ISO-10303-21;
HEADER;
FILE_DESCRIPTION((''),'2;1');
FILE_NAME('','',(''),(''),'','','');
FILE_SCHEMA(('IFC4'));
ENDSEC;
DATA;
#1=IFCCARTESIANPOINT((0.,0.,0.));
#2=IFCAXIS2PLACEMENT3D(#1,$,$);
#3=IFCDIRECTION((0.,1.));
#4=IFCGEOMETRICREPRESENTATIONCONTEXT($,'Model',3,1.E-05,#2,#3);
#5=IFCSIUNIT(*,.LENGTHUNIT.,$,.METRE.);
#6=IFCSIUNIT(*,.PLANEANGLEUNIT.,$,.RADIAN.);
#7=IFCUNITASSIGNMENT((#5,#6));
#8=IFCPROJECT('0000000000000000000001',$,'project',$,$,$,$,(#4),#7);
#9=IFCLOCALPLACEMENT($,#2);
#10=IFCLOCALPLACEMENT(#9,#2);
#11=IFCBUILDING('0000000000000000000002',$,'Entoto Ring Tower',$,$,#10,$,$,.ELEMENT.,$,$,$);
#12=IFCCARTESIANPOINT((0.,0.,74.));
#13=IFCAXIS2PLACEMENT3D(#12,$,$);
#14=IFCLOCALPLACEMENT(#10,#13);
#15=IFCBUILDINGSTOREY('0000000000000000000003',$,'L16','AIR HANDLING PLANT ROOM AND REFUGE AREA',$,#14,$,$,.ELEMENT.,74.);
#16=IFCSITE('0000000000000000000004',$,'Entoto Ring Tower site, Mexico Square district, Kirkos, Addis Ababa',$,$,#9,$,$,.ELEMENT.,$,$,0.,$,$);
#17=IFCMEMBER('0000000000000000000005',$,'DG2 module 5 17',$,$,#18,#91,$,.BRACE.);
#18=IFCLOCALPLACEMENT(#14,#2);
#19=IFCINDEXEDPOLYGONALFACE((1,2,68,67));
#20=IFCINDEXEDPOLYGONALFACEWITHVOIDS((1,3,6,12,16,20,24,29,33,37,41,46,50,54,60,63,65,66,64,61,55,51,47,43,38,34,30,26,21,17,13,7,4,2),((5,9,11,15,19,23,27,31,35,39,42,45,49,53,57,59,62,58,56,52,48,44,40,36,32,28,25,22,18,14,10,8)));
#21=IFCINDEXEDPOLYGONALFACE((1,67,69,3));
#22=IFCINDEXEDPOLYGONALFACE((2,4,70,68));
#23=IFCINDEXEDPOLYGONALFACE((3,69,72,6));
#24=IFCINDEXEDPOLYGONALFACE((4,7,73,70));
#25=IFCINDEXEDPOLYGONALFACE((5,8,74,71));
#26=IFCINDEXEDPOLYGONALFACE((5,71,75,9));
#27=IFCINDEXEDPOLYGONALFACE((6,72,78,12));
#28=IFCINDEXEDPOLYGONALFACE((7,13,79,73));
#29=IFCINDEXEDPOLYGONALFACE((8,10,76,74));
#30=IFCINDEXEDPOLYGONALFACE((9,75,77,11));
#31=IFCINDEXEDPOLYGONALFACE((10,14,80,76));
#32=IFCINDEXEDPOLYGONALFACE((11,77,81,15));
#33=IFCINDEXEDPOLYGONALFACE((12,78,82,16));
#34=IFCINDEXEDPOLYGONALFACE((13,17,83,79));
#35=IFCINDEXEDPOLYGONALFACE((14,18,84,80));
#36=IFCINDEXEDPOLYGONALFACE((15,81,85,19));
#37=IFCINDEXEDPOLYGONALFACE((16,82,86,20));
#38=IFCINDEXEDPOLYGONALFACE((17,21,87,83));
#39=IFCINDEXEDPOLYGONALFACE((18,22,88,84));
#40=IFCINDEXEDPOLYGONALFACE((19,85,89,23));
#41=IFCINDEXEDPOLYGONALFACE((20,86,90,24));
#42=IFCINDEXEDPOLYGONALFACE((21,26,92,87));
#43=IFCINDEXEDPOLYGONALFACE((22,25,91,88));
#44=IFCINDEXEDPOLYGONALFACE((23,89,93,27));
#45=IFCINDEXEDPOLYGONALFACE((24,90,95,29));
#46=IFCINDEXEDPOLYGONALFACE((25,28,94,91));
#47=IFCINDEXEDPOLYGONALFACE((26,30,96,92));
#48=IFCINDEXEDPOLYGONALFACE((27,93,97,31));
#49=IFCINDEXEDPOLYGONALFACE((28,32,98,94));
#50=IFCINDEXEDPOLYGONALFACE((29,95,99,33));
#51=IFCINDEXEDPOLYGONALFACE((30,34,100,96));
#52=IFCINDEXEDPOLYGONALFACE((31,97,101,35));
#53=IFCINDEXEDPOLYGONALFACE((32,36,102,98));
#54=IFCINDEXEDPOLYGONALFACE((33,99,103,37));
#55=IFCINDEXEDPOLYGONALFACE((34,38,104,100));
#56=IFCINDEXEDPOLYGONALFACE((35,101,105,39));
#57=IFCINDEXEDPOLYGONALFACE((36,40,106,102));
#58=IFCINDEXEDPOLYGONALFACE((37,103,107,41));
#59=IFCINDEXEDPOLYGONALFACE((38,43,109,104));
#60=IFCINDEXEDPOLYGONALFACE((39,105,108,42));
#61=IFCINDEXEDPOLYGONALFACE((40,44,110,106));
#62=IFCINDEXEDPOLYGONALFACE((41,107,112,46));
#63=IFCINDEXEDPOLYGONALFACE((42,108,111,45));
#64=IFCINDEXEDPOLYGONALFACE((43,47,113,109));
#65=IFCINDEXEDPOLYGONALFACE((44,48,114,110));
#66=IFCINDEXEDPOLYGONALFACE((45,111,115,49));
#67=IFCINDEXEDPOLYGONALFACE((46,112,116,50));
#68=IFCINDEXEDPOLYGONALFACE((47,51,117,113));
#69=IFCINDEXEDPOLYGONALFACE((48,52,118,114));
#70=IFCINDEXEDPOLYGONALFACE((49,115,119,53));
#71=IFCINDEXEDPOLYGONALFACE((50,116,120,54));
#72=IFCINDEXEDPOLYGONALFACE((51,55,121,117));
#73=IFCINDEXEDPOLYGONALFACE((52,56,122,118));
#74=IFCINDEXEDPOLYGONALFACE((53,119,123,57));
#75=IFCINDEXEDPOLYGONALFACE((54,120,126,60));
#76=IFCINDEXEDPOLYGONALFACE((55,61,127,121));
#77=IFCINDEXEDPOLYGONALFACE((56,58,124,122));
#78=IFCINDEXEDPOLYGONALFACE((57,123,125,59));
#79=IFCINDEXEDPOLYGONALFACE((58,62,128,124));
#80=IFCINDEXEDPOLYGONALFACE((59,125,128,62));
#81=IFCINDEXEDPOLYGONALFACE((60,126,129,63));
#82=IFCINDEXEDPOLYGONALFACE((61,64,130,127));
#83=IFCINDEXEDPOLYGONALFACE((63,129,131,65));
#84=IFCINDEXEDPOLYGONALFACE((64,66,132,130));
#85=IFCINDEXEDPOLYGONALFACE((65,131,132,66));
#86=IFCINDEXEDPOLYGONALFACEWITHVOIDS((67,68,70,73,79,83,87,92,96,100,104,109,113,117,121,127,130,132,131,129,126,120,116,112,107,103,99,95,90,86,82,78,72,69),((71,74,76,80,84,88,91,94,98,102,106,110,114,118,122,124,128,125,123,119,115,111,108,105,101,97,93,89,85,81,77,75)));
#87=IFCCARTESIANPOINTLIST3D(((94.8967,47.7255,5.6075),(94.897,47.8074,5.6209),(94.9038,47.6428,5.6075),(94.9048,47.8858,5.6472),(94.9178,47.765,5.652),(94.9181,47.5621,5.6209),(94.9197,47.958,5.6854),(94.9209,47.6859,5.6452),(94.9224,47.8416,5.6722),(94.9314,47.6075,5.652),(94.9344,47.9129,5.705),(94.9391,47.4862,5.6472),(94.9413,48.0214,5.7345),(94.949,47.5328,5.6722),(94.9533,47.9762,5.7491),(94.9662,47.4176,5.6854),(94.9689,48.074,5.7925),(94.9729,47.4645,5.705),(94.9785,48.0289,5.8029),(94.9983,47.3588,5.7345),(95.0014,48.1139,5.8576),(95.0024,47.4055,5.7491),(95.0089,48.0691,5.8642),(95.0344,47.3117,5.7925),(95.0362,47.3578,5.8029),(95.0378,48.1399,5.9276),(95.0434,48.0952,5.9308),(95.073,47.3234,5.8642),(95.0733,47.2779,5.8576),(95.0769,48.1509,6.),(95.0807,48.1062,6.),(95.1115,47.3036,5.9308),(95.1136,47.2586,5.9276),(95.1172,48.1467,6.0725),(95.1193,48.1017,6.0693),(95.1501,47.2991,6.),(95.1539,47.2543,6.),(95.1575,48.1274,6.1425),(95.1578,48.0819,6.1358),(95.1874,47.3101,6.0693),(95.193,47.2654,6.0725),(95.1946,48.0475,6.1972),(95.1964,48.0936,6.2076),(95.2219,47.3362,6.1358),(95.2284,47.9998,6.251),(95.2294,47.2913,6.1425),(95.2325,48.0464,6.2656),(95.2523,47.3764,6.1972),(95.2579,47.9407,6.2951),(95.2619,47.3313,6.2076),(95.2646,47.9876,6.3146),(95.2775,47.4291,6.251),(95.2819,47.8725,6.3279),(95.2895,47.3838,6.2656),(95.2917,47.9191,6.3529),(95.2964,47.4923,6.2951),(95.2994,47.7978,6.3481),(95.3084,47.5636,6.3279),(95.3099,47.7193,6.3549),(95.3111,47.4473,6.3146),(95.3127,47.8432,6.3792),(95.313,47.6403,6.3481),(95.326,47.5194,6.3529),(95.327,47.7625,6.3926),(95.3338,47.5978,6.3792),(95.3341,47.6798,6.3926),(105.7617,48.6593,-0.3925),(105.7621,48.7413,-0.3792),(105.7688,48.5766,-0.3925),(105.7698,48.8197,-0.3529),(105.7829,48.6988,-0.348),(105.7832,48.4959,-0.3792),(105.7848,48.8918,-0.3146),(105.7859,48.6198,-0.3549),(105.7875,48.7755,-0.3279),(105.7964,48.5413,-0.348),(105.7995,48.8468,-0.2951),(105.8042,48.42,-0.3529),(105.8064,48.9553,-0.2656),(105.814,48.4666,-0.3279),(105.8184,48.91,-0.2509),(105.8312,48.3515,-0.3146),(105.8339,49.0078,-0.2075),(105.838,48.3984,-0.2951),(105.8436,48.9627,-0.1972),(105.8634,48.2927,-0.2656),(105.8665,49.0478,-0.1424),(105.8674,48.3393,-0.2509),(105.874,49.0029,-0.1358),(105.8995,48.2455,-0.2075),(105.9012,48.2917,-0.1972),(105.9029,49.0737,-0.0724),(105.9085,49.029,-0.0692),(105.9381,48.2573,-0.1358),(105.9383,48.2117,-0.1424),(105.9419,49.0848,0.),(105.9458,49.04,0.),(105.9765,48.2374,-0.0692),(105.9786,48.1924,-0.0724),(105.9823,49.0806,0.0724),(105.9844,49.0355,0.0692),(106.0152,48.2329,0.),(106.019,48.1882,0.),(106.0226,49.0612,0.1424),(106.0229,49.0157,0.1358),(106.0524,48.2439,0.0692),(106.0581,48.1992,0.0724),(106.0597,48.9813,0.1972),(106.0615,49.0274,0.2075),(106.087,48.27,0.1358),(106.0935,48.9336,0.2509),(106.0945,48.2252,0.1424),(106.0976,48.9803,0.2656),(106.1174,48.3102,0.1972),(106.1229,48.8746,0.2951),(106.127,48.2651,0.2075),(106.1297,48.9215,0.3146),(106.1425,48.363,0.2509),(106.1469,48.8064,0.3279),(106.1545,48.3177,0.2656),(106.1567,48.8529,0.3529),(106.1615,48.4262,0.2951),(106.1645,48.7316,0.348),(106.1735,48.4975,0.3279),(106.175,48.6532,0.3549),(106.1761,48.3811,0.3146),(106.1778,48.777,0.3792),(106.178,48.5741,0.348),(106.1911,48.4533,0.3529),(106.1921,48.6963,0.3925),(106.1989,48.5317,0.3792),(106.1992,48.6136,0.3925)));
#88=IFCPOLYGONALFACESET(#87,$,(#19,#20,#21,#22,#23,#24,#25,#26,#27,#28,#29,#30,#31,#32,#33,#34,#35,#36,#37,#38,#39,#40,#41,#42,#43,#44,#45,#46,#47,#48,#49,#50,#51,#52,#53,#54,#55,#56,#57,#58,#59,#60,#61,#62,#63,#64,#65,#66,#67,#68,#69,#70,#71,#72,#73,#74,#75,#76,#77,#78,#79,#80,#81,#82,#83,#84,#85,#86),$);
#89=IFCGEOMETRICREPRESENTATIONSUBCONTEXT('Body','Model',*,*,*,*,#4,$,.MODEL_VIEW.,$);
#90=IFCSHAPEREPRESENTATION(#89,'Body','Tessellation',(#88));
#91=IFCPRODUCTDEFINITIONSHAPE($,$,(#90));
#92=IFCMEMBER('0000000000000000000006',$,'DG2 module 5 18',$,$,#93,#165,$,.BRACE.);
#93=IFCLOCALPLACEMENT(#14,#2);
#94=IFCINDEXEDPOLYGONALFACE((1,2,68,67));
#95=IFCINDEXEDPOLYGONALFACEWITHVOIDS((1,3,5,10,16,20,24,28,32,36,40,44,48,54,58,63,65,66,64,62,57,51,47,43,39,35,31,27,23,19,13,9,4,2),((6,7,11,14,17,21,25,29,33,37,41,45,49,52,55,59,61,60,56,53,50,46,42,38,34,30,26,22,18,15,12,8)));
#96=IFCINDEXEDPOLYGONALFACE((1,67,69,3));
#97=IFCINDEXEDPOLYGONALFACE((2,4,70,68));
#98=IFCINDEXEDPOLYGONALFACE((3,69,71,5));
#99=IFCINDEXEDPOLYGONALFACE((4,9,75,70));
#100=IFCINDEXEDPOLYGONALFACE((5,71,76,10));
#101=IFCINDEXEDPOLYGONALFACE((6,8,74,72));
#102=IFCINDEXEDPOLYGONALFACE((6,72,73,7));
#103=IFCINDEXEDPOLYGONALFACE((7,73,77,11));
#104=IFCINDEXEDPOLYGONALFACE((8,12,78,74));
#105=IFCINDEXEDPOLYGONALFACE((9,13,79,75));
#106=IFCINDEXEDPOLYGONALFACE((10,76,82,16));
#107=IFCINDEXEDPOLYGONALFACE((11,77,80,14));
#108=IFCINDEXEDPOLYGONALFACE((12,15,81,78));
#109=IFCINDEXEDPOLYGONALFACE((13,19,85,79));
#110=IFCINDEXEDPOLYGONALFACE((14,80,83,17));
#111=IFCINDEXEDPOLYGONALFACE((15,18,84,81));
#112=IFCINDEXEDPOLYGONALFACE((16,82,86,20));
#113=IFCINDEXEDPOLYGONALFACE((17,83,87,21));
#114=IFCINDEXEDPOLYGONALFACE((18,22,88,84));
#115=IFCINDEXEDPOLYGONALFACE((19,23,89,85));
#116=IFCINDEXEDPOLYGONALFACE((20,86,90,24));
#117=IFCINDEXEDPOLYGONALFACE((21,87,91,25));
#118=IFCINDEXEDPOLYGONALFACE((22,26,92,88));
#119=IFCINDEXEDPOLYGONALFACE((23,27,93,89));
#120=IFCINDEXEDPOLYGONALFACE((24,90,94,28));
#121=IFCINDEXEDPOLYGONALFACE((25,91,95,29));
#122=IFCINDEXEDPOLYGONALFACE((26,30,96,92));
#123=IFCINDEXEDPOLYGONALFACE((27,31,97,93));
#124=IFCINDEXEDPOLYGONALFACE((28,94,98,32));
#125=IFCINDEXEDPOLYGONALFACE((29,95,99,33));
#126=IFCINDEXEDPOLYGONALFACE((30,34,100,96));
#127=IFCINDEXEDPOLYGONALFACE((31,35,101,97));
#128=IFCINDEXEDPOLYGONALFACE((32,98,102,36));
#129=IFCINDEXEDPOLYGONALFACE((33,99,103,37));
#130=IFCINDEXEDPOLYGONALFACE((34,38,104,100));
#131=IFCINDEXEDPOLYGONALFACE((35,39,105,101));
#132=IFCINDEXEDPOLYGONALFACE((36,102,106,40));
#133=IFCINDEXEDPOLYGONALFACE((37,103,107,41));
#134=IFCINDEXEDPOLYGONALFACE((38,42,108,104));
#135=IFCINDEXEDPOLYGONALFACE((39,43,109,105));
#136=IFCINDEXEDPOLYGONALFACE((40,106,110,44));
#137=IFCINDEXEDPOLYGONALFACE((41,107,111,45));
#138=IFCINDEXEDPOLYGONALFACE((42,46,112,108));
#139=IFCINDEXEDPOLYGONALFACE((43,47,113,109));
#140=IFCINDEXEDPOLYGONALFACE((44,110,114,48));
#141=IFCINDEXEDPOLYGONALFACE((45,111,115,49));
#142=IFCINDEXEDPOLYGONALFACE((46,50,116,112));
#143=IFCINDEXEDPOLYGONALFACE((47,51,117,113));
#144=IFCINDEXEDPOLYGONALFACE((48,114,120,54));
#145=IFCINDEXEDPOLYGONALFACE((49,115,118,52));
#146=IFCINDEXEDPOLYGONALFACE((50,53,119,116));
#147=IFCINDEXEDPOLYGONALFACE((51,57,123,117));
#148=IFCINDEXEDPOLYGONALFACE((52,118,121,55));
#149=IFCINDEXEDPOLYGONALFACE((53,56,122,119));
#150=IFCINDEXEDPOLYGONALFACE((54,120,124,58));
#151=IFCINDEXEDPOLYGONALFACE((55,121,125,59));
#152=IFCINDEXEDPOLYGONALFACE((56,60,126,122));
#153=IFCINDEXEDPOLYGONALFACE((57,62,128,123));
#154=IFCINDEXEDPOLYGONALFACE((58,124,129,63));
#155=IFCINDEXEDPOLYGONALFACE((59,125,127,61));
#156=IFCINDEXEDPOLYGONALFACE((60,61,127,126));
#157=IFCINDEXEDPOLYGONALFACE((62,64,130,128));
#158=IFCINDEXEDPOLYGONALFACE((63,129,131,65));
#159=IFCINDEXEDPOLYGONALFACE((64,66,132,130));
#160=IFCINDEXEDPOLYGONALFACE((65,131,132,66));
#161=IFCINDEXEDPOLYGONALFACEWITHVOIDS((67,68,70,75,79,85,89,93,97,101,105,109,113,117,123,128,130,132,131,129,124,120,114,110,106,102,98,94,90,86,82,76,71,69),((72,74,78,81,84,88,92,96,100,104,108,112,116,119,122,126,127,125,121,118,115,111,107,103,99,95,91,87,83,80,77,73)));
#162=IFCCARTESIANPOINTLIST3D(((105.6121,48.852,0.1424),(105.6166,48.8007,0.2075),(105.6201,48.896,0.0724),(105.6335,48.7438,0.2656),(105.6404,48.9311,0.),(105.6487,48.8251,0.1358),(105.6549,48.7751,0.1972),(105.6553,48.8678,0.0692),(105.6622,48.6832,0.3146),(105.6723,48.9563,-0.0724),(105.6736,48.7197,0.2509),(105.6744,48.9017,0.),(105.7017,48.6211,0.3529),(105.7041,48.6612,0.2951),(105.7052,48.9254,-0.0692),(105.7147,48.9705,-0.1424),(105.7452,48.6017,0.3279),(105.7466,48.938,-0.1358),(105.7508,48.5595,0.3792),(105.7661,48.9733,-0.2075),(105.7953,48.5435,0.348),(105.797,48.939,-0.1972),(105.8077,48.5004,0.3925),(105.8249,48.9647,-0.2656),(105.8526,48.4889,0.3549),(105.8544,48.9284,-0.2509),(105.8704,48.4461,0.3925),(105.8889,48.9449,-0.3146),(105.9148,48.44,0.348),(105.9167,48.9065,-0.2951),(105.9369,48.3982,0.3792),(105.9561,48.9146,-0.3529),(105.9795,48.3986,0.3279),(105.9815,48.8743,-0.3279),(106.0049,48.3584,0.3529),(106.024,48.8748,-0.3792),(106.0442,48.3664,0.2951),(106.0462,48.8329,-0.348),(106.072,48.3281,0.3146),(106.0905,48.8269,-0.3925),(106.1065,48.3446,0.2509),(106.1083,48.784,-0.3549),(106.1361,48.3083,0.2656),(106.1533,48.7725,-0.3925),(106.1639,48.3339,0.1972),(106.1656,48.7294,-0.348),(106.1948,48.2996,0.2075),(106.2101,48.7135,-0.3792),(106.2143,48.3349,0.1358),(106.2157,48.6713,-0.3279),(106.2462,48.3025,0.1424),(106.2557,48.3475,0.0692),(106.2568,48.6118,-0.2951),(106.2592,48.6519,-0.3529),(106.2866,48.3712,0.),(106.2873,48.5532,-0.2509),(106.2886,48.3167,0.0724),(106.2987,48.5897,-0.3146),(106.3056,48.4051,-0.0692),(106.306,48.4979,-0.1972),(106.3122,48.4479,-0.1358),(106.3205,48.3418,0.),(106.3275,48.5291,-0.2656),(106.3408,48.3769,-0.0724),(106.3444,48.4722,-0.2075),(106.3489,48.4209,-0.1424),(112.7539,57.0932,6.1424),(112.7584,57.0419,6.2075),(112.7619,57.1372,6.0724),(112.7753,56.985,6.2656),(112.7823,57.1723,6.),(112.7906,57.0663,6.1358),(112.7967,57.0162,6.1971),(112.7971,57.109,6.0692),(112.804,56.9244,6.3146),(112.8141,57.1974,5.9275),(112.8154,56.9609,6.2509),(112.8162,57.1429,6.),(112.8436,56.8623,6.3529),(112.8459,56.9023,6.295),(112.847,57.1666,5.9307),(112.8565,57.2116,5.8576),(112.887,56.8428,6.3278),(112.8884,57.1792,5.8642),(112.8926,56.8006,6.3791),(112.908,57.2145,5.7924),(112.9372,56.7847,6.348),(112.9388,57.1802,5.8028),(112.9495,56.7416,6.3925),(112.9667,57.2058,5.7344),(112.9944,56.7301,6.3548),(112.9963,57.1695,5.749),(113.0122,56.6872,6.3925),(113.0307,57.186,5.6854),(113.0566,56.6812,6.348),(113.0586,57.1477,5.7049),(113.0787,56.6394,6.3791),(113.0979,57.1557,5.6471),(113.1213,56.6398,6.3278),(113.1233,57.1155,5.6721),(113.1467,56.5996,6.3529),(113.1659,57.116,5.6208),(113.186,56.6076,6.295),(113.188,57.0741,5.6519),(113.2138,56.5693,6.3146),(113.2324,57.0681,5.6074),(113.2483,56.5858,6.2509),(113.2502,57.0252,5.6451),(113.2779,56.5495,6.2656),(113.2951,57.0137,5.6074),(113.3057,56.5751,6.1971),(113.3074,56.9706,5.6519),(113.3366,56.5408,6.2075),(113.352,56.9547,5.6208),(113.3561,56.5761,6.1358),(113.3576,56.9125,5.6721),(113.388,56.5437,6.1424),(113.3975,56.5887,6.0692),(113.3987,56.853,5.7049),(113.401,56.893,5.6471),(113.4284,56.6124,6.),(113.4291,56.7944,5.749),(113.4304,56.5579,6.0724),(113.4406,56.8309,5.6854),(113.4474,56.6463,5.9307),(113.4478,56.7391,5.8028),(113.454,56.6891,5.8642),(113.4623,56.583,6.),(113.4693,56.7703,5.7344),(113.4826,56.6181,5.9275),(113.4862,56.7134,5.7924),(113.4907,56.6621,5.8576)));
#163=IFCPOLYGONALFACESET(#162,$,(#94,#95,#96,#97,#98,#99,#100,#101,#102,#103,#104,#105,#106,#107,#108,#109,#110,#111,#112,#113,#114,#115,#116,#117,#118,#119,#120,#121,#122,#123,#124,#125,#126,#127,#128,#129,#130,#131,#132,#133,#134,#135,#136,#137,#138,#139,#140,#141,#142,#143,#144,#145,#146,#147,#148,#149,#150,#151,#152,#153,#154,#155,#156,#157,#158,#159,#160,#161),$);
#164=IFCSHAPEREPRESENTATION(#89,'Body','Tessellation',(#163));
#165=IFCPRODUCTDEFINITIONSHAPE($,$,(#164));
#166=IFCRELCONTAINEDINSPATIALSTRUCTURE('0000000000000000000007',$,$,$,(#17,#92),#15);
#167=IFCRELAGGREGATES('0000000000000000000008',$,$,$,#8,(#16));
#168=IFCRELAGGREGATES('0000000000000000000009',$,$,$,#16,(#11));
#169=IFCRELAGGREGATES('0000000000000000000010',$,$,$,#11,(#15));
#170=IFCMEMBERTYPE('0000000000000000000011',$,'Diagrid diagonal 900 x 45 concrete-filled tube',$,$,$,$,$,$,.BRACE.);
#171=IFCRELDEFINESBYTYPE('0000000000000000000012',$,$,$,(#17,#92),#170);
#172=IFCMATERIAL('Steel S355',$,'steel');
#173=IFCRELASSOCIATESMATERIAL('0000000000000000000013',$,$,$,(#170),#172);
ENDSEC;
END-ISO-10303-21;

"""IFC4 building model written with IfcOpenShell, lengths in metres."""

from ifc_helpers import new_model, si_unit, direction, frame, origin, origin_2d, place, context, subcontext, project, spatial, circle, hollow_circle, extrude, material, material_profile, profile_set, type_object, element, save


model = new_model("IFC4")

# Units and contexts
model_context = context("Model", 3, precision=1e-05, world=origin(), true_north=direction((0.0, 1.0)))
body_context = subcontext(model_context, "Body", "Model", "MODEL_VIEW")
ifc_project = project(units=[si_unit("LENGTHUNIT", "METRE"), si_unit("PLANEANGLEUNIT", "RADIAN")], contexts=[model_context])

# Site, building, storey
site_placement = place(None, origin())
site = spatial("IfcSite", under=ifc_project, at=site_placement, Name="Entoto Ring Tower site, Mexico Square district, Kirkos, Addis Ababa", CompositionType="ELEMENT", RefElevation=0.0)
building_placement = place(site_placement, origin())
building = spatial("IfcBuilding", under=site, at=building_placement, Name="Entoto Ring Tower", CompositionType="ELEMENT")
storey_placement = place(building_placement, frame((0.0, 0.0, 74.0)))
storey = spatial("IfcBuildingStorey", under=building, at=storey_placement, Name="L16", Description="AIR HANDLING PLANT ROOM AND REFUGE AREA", CompositionType="ELEMENT", Elevation=74.0)

# Members
ifc_material_1 = material(Name="Steel S355", Category="steel")
ifc_material_profile_1 = material_profile(ifc_material_1, hollow_circle(Radius=0.45, WallThickness=0.0449, at=origin_2d()), Name="CHS 900 x 45")
ifc_material_2 = material(Name="Concrete C60/75", Category="concrete")
ifc_material_profile_2 = material_profile(ifc_material_2, circle(Radius=0.405, at=origin_2d()), Name="Concrete C60/75 infill")
ifc_profile_set_1 = profile_set([ifc_material_profile_1, ifc_material_profile_2], Name="Steel S355")
member_type_1 = type_object("IfcMemberType", Name="Diagrid diagonal 900 x 45 concrete-filled tube", PredefinedType="BRACE", material=ifc_profile_set_1)
for number, where, z_axis, x_axis, name in (
    (1, (105.9805, 48.6365, 0.0), (-0.872922, -0.075027, 0.482056), (0.085634, -0.996327, 0.0), "DG2 module 5 17"),
    (2, (105.9805, 48.6365, 0.0), (0.573788, 0.662113, 0.482051), (-0.755713, 0.654902, 0.0), "DG2 module 5 18"),
):
    element("IfcMember", number, at=place(storey_placement, frame(where, z_axis=z_axis, x_axis=x_axis)), inside=storey, type_object=member_type_1, Name=name, PredefinedType="BRACE", context=body_context, shape_type="SweptSolid", body=[
        extrude(hollow_circle(Radius=0.45, WallThickness=0.0449, at=origin_2d()), origin(), (0.0, 0.0, 1.0), 12.4468),
    ])

save(model, "model.ifc")
